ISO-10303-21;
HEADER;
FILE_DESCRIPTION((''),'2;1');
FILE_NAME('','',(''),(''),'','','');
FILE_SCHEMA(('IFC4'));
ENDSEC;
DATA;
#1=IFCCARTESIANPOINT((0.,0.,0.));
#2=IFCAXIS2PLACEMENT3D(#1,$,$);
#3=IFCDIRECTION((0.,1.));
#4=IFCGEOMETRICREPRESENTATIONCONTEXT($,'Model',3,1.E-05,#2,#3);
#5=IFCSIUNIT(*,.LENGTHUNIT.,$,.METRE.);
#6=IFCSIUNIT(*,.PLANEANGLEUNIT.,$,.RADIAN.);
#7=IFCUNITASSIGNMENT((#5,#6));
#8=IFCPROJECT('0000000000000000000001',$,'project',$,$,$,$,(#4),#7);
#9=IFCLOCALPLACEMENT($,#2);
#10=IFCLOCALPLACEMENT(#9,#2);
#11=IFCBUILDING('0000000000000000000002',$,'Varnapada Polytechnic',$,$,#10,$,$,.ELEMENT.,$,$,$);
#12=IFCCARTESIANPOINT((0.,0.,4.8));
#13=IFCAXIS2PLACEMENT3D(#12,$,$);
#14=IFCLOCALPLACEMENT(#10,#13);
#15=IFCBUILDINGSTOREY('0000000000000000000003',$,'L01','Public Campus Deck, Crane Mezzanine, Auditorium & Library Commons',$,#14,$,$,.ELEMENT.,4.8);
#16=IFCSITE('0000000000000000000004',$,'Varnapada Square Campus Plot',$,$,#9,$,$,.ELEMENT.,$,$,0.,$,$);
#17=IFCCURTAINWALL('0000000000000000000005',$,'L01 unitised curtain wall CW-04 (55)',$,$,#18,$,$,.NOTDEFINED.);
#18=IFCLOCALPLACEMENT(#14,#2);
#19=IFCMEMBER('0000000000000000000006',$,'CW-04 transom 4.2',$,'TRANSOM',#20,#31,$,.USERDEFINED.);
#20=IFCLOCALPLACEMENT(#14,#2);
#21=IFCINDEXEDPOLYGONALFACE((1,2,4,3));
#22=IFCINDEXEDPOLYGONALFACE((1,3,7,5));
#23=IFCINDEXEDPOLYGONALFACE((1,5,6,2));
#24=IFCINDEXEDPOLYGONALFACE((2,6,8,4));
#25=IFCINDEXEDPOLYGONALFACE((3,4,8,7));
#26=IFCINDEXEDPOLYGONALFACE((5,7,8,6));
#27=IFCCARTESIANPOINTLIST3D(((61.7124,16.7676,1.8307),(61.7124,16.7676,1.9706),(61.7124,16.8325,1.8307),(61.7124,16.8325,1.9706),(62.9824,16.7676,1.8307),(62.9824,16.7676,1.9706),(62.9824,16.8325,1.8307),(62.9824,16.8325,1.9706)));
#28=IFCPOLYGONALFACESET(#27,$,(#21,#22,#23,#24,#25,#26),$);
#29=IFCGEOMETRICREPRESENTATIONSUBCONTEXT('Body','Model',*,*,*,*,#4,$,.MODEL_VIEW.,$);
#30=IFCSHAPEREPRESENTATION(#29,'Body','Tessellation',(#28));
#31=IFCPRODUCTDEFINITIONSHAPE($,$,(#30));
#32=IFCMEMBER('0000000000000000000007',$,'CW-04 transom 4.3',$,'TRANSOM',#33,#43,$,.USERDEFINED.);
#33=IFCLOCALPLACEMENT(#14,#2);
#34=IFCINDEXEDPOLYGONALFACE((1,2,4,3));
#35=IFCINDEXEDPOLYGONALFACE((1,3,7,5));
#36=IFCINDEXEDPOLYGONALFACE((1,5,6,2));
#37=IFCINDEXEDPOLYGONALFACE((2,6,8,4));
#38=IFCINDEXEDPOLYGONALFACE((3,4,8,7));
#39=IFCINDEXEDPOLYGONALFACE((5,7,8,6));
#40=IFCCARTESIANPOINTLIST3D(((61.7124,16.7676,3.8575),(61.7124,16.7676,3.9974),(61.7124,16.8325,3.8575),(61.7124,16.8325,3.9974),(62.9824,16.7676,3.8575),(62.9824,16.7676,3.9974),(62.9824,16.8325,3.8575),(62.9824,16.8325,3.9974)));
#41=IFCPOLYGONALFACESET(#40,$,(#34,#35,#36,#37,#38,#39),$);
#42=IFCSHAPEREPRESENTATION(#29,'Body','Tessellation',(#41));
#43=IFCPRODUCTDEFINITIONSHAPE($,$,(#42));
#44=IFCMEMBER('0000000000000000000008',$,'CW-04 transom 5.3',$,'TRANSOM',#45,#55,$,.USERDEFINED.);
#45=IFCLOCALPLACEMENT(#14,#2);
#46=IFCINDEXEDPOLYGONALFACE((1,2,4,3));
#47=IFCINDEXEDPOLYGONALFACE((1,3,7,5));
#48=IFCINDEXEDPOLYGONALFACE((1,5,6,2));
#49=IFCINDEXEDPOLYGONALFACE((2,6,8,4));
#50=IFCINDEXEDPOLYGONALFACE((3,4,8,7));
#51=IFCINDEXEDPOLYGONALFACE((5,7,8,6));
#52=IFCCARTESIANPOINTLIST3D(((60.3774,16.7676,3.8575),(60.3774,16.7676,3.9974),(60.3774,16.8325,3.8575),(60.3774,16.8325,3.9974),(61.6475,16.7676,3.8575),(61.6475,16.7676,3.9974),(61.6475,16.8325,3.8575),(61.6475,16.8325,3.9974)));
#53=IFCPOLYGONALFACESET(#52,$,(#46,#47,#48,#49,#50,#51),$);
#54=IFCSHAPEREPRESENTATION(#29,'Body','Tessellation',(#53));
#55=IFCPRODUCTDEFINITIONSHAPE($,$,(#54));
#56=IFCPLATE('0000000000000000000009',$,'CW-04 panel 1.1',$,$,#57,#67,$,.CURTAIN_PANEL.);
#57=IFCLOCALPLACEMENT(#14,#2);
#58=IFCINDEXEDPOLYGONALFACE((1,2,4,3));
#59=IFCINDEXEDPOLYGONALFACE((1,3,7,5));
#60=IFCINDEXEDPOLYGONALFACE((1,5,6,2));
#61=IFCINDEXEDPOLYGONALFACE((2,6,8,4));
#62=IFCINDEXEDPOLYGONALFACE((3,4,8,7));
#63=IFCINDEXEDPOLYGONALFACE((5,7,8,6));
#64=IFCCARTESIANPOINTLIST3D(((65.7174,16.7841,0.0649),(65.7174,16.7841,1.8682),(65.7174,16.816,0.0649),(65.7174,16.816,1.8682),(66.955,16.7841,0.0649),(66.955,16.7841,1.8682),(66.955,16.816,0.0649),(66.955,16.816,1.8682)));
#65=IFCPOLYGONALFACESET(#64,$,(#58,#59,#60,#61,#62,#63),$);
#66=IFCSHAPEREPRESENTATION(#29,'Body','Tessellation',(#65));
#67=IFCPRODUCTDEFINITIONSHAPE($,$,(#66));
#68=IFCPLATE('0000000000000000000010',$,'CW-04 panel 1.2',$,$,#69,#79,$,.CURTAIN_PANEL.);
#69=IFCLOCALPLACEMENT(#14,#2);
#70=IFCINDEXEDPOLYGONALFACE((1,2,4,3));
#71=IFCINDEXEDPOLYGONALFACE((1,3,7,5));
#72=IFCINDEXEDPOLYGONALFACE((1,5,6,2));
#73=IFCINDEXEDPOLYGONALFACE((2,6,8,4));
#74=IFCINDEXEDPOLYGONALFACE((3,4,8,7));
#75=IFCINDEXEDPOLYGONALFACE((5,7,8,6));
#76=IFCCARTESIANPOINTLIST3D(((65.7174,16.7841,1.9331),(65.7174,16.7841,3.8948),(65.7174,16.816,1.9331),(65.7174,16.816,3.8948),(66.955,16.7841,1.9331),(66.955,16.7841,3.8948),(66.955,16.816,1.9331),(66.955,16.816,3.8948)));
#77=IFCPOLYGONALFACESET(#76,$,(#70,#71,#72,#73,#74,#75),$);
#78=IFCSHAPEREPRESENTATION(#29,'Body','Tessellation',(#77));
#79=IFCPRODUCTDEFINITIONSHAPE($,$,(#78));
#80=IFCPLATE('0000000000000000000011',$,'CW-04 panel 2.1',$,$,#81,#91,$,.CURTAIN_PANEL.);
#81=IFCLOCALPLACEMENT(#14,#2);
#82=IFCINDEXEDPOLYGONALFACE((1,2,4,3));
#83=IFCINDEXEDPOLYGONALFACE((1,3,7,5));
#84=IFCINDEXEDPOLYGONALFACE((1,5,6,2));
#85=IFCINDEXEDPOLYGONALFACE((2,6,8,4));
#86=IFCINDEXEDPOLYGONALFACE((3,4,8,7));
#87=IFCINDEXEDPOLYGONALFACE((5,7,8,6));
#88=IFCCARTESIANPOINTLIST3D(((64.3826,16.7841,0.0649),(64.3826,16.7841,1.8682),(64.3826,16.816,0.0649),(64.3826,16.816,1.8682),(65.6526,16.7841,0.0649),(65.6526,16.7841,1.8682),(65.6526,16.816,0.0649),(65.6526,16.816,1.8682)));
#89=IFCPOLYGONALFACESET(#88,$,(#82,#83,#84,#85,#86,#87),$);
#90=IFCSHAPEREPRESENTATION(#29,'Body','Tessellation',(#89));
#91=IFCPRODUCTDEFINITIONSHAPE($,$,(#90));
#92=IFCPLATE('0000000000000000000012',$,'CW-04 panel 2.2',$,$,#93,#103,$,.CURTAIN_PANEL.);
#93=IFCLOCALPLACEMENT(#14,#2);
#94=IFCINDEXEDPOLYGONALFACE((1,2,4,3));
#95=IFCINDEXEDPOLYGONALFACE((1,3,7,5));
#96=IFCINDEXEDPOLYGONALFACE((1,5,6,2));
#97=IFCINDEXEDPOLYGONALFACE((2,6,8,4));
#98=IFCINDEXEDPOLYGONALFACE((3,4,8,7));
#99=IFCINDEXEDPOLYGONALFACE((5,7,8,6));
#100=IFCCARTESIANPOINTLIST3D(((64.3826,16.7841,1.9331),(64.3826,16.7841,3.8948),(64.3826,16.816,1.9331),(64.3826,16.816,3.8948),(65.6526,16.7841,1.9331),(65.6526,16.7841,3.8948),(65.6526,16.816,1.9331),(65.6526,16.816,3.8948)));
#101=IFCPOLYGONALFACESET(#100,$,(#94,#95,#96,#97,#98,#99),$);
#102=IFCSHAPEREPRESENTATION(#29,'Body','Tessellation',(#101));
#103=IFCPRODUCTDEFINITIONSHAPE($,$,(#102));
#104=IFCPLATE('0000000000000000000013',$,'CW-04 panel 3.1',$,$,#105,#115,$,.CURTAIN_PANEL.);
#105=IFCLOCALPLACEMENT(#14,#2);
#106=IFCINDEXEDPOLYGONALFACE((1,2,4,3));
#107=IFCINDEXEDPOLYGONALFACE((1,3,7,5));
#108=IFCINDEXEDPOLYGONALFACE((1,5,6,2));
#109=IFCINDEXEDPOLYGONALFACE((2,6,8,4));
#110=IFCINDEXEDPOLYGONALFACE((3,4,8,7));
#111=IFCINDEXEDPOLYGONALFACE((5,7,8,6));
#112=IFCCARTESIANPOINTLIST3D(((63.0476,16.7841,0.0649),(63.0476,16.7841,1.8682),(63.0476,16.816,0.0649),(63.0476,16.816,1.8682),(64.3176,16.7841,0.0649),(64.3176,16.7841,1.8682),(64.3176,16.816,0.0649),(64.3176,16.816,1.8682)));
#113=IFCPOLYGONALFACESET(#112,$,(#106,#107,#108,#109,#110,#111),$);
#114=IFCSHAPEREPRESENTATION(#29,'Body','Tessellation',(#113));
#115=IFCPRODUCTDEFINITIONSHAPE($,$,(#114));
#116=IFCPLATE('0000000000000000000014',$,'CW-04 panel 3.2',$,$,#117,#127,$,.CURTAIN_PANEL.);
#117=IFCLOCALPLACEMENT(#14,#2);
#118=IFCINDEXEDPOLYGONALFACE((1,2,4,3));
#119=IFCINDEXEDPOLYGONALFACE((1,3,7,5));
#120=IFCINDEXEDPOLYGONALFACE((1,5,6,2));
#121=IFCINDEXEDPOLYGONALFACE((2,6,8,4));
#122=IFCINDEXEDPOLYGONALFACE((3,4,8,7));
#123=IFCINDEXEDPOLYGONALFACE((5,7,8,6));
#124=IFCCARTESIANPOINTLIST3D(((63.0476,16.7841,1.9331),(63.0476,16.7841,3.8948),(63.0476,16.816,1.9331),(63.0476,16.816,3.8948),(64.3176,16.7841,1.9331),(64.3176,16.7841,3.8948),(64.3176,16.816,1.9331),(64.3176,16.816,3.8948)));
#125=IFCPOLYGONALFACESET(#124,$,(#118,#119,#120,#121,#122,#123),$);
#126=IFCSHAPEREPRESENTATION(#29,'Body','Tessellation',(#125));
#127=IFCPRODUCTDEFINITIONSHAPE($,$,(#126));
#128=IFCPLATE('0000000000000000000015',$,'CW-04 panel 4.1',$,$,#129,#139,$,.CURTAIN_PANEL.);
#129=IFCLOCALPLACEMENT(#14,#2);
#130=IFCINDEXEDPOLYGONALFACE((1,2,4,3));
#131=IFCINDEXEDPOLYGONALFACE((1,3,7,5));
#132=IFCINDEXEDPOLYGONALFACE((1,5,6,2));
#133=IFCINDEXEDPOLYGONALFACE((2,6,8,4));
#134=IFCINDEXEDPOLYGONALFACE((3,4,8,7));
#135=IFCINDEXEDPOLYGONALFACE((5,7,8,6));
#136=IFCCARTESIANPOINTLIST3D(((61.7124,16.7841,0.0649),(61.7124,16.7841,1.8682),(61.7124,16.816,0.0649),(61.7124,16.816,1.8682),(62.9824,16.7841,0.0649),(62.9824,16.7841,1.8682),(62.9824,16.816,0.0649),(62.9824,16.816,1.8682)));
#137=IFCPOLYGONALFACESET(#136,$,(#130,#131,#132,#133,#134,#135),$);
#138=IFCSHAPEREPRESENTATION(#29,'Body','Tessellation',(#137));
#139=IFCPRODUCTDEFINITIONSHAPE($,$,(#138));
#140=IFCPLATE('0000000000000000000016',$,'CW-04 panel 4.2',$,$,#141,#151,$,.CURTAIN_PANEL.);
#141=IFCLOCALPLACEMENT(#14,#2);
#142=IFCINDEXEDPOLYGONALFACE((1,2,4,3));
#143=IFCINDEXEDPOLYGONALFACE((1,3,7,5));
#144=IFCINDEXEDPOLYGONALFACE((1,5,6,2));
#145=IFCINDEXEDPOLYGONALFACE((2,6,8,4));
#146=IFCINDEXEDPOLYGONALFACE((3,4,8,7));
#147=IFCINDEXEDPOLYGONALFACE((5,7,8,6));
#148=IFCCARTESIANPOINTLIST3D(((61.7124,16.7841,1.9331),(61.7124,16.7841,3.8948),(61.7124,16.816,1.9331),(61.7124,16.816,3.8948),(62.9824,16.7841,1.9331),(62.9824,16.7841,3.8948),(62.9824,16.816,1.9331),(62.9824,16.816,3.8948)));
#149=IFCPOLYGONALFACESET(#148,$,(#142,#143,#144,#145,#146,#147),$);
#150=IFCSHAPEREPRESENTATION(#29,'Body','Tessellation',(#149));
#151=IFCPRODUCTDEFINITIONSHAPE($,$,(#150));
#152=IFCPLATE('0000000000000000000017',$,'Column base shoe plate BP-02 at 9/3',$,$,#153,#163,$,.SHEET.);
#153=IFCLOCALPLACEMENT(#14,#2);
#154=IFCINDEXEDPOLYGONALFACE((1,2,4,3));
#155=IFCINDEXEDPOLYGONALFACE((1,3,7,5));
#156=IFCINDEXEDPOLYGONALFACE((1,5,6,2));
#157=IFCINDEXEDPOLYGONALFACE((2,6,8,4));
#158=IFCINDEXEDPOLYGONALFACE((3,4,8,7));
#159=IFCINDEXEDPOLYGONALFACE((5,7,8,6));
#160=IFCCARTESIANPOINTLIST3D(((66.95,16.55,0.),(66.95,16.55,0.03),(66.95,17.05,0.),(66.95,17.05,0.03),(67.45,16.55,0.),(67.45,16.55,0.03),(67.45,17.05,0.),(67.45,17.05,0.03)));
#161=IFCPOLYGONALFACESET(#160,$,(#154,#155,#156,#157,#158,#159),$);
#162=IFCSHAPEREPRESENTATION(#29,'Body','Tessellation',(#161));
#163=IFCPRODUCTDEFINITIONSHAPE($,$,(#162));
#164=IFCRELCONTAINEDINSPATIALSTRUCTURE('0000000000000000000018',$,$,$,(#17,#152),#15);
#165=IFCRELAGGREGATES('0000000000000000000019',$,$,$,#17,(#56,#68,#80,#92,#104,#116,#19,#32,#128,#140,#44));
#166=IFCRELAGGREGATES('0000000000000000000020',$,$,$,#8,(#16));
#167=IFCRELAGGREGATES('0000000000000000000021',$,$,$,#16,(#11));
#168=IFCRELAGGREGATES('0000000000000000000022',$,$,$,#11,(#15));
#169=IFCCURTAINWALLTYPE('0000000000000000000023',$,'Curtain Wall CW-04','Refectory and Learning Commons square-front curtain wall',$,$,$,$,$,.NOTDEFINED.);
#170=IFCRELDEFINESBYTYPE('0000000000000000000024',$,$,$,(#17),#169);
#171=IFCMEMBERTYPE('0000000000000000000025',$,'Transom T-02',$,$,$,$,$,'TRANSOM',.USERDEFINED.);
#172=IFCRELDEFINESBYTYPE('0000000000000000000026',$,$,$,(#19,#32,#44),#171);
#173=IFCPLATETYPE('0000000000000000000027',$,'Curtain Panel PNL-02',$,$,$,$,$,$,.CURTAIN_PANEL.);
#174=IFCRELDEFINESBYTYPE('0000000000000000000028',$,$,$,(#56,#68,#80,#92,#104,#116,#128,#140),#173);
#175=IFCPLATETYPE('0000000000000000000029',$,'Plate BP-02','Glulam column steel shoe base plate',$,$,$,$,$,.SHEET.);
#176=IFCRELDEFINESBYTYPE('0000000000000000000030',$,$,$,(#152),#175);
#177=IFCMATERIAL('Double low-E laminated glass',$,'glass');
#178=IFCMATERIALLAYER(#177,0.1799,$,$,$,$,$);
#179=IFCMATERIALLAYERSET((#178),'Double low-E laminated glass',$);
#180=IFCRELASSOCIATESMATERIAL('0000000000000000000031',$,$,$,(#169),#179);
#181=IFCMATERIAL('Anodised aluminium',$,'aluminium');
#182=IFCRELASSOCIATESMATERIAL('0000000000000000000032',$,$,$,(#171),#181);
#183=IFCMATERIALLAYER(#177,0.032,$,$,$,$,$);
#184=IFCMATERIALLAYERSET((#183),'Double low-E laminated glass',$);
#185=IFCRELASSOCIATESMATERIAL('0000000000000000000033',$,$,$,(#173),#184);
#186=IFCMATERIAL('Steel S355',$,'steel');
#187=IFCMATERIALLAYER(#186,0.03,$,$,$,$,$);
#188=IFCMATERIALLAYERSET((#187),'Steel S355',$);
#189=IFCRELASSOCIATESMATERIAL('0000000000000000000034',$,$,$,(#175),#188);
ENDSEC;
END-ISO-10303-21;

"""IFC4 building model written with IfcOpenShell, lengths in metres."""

from ifc_helpers import new_model, si_unit, direction, frame, origin, origin_2d, place, context, subcontext, project, spatial, rectangle, extrude, material, layer, layer_set, material_profile, profile_set, type_object, element, aggregate, save


model = new_model("IFC4")

# Units and contexts
model_context = context("Model", 3, precision=1e-05, world=origin(), true_north=direction((0.0, 1.0)))
body_context = subcontext(model_context, "Body", "Model", "MODEL_VIEW")
ifc_project = project(units=[si_unit("LENGTHUNIT", "METRE"), si_unit("PLANEANGLEUNIT", "RADIAN")], contexts=[model_context])

# Site, building, storey
site_placement = place(None, origin())
site = spatial("IfcSite", under=ifc_project, at=site_placement, Name="Varnapada Square Campus Plot", CompositionType="ELEMENT", RefElevation=0.0)
building_placement = place(site_placement, origin())
building = spatial("IfcBuilding", under=site, at=building_placement, Name="Varnapada Polytechnic", CompositionType="ELEMENT")
storey_placement = place(building_placement, frame((0.0, 0.0, 4.8)))
storey = spatial("IfcBuildingStorey", under=building, at=storey_placement, Name="L01", Description="Public Campus Deck, Crane Mezzanine, Auditorium & Library Commons", CompositionType="ELEMENT", Elevation=4.8)

# Curtain wall, members, plates
ifc_material_1 = material(Name="Double low-E laminated glass", Category="glass")
ifc_layer_1 = layer(ifc_material_1, 0.1799)
ifc_layer_set_1 = layer_set([ifc_layer_1], Name="Double low-E laminated glass")
curtain_wall_type = type_object("IfcCurtainWallType", Name="Curtain Wall CW-04", Description="Refectory and Learning Commons square-front curtain wall", PredefinedType="NOTDEFINED", material=ifc_layer_set_1)
curtain_wall_placement = place(storey_placement, origin())
curtain_wall = element("IfcCurtainWall", 1, at=curtain_wall_placement, inside=storey, type_object=curtain_wall_type, Name="L01 unitised curtain wall CW-04 (55)", PredefinedType="NOTDEFINED")
ifc_material_2 = material(Name="Anodised aluminium", Category="aluminium")
ifc_material_profile_1 = material_profile(ifc_material_2, rectangle(XDim=0.0649, YDim=0.1399, at=origin_2d()), Name="ALU T65x140")
ifc_profile_set_1 = profile_set([ifc_material_profile_1], Name="Anodised aluminium")
member_type_1 = type_object("IfcMemberType", Name="Transom T-02", ElementType="TRANSOM", PredefinedType="USERDEFINED", material=ifc_profile_set_1)
member_1_placement = place(storey_placement, frame((62.9824, 16.8, 1.9006), z_axis=(-1.0, 0.0, 0.0), x_axis=(0.0, -1.0, 0.0)))
member_1 = element("IfcMember", 2, at=member_1_placement, type_object=member_type_1, Name="CW-04 transom 4.2", ObjectType="TRANSOM", PredefinedType="USERDEFINED", context=body_context, shape_type="SweptSolid", body=[
    extrude(rectangle(XDim=0.0649, YDim=0.1399, at=origin_2d()), origin(), (0.0, 0.0, 1.0), 1.27),
])
member_2_placement = place(storey_placement, frame((62.9824, 16.8, 3.9275), z_axis=(-1.0, 0.0, 0.0), x_axis=(0.0, -1.0, 0.0)))
member_2 = element("IfcMember", 3, at=member_2_placement, type_object=member_type_1, Name="CW-04 transom 4.3", ObjectType="TRANSOM", PredefinedType="USERDEFINED", context=body_context, shape_type="SweptSolid", body=[
    extrude(rectangle(XDim=0.0649, YDim=0.1399, at=origin_2d()), origin(), (0.0, 0.0, 1.0), 1.27),
])
member_3_placement = place(storey_placement, frame((61.6475, 16.8, 3.9275), z_axis=(-1.0, 0.0, 0.0), x_axis=(0.0, -1.0, 0.0)))
member_3 = element("IfcMember", 4, at=member_3_placement, type_object=member_type_1, Name="CW-04 transom 5.3", ObjectType="TRANSOM", PredefinedType="USERDEFINED", context=body_context, shape_type="SweptSolid", body=[
    extrude(rectangle(XDim=0.0649, YDim=0.1399, at=origin_2d()), origin(), (0.0, 0.0, 1.0), 1.27),
])
ifc_layer_2 = layer(ifc_material_1, 0.032)
ifc_layer_set_2 = layer_set([ifc_layer_2], Name="Double low-E laminated glass")
plate_type_1 = type_object("IfcPlateType", Name="Curtain Panel PNL-02", PredefinedType="CURTAIN_PANEL", material=ifc_layer_set_2)
plate_1_placement = place(storey_placement, frame((66.3362, 16.8, 0.0649), z_axis=(0.0, 0.0, 1.0), x_axis=(-1.0, 0.0, 0.0)))
plate_1 = element("IfcPlate", 5, at=plate_1_placement, type_object=plate_type_1, Name="CW-04 panel 1.1", PredefinedType="CURTAIN_PANEL", context=body_context, shape_type="SweptSolid", body=[
    extrude(rectangle(XDim=1.2375, YDim=0.032, at=origin_2d()), origin(), (0.0, 0.0, 1.0), 1.8032),
])
plate_2_placement = place(storey_placement, frame((66.3362, 16.8, 1.9331), z_axis=(0.0, 0.0, 1.0), x_axis=(-1.0, 0.0, 0.0)))
plate_2 = element("IfcPlate", 6, at=plate_2_placement, type_object=plate_type_1, Name="CW-04 panel 1.2", PredefinedType="CURTAIN_PANEL", context=body_context, shape_type="SweptSolid", body=[
    extrude(rectangle(XDim=1.2375, YDim=0.032, at=origin_2d()), origin(), (0.0, 0.0, 1.0), 1.9617),
])
plate_3_placement = place(storey_placement, frame((65.0176, 16.8, 0.0649), z_axis=(0.0, 0.0, 1.0), x_axis=(-1.0, 0.0, 0.0)))
plate_3 = element("IfcPlate", 7, at=plate_3_placement, type_object=plate_type_1, Name="CW-04 panel 2.1", PredefinedType="CURTAIN_PANEL", context=body_context, shape_type="SweptSolid", body=[
    extrude(rectangle(XDim=1.27, YDim=0.032, at=origin_2d()), origin(), (0.0, 0.0, 1.0), 1.8032),
])
plate_4_placement = place(storey_placement, frame((65.0176, 16.8, 1.9331), z_axis=(0.0, 0.0, 1.0), x_axis=(-1.0, 0.0, 0.0)))
plate_4 = element("IfcPlate", 8, at=plate_4_placement, type_object=plate_type_1, Name="CW-04 panel 2.2", PredefinedType="CURTAIN_PANEL", context=body_context, shape_type="SweptSolid", body=[
    extrude(rectangle(XDim=1.27, YDim=0.032, at=origin_2d()), origin(), (0.0, 0.0, 1.0), 1.9617),
])
plate_5_placement = place(storey_placement, frame((63.6826, 16.8, 0.0649), z_axis=(0.0, 0.0, 1.0), x_axis=(-1.0, 0.0, 0.0)))
plate_5 = element("IfcPlate", 9, at=plate_5_placement, type_object=plate_type_1, Name="CW-04 panel 3.1", PredefinedType="CURTAIN_PANEL", context=body_context, shape_type="SweptSolid", body=[
    extrude(rectangle(XDim=1.27, YDim=0.032, at=origin_2d()), origin(), (0.0, 0.0, 1.0), 1.8032),
])
plate_6_placement = place(storey_placement, frame((63.6826, 16.8, 1.9331), z_axis=(0.0, 0.0, 1.0), x_axis=(-1.0, 0.0, 0.0)))
plate_6 = element("IfcPlate", 10, at=plate_6_placement, type_object=plate_type_1, Name="CW-04 panel 3.2", PredefinedType="CURTAIN_PANEL", context=body_context, shape_type="SweptSolid", body=[
    extrude(rectangle(XDim=1.27, YDim=0.032, at=origin_2d()), origin(), (0.0, 0.0, 1.0), 1.9617),
])
plate_7_placement = place(storey_placement, frame((62.3474, 16.8, 0.0649), z_axis=(0.0, 0.0, 1.0), x_axis=(-1.0, 0.0, 0.0)))
plate_7 = element("IfcPlate", 11, at=plate_7_placement, type_object=plate_type_1, Name="CW-04 panel 4.1", PredefinedType="CURTAIN_PANEL", context=body_context, shape_type="SweptSolid", body=[
    extrude(rectangle(XDim=1.27, YDim=0.032, at=origin_2d()), origin(), (0.0, 0.0, 1.0), 1.8032),
])
plate_8_placement = place(storey_placement, frame((62.3474, 16.8, 1.9331), z_axis=(0.0, 0.0, 1.0), x_axis=(-1.0, 0.0, 0.0)))
plate_8 = element("IfcPlate", 12, at=plate_8_placement, type_object=plate_type_1, Name="CW-04 panel 4.2", PredefinedType="CURTAIN_PANEL", context=body_context, shape_type="SweptSolid", body=[
    extrude(rectangle(XDim=1.27, YDim=0.032, at=origin_2d()), origin(), (0.0, 0.0, 1.0), 1.9617),
])
aggregate(curtain_wall, [plate_1, plate_2, plate_3, plate_4, plate_5, plate_6, member_1, member_2, plate_7, plate_8, member_3])

# Plate
ifc_material_3 = material(Name="Steel S355", Category="steel")
ifc_layer_3 = layer(ifc_material_3, 0.03)
ifc_layer_set_3 = layer_set([ifc_layer_3], Name="Steel S355")
plate_type_2 = type_object("IfcPlateType", Name="Plate BP-02", Description="Glulam column steel shoe base plate", PredefinedType="SHEET", material=ifc_layer_set_3)
plate_9_placement = place(storey_placement, frame((67.2, 16.8, 0.0), z_axis=(0.0, 0.0, 1.0), x_axis=(1.0, 0.0, 0.0)))
element("IfcPlate", 13, at=plate_9_placement, inside=storey, type_object=plate_type_2, Name="Column base shoe plate BP-02 at 9/3", PredefinedType="SHEET", context=body_context, shape_type="SweptSolid", body=[
    extrude(rectangle(XDim=0.5, YDim=0.5, at=origin_2d()), origin(), (0.0, 0.0, 1.0), 0.03),
])

save(model, "model.ifc")
